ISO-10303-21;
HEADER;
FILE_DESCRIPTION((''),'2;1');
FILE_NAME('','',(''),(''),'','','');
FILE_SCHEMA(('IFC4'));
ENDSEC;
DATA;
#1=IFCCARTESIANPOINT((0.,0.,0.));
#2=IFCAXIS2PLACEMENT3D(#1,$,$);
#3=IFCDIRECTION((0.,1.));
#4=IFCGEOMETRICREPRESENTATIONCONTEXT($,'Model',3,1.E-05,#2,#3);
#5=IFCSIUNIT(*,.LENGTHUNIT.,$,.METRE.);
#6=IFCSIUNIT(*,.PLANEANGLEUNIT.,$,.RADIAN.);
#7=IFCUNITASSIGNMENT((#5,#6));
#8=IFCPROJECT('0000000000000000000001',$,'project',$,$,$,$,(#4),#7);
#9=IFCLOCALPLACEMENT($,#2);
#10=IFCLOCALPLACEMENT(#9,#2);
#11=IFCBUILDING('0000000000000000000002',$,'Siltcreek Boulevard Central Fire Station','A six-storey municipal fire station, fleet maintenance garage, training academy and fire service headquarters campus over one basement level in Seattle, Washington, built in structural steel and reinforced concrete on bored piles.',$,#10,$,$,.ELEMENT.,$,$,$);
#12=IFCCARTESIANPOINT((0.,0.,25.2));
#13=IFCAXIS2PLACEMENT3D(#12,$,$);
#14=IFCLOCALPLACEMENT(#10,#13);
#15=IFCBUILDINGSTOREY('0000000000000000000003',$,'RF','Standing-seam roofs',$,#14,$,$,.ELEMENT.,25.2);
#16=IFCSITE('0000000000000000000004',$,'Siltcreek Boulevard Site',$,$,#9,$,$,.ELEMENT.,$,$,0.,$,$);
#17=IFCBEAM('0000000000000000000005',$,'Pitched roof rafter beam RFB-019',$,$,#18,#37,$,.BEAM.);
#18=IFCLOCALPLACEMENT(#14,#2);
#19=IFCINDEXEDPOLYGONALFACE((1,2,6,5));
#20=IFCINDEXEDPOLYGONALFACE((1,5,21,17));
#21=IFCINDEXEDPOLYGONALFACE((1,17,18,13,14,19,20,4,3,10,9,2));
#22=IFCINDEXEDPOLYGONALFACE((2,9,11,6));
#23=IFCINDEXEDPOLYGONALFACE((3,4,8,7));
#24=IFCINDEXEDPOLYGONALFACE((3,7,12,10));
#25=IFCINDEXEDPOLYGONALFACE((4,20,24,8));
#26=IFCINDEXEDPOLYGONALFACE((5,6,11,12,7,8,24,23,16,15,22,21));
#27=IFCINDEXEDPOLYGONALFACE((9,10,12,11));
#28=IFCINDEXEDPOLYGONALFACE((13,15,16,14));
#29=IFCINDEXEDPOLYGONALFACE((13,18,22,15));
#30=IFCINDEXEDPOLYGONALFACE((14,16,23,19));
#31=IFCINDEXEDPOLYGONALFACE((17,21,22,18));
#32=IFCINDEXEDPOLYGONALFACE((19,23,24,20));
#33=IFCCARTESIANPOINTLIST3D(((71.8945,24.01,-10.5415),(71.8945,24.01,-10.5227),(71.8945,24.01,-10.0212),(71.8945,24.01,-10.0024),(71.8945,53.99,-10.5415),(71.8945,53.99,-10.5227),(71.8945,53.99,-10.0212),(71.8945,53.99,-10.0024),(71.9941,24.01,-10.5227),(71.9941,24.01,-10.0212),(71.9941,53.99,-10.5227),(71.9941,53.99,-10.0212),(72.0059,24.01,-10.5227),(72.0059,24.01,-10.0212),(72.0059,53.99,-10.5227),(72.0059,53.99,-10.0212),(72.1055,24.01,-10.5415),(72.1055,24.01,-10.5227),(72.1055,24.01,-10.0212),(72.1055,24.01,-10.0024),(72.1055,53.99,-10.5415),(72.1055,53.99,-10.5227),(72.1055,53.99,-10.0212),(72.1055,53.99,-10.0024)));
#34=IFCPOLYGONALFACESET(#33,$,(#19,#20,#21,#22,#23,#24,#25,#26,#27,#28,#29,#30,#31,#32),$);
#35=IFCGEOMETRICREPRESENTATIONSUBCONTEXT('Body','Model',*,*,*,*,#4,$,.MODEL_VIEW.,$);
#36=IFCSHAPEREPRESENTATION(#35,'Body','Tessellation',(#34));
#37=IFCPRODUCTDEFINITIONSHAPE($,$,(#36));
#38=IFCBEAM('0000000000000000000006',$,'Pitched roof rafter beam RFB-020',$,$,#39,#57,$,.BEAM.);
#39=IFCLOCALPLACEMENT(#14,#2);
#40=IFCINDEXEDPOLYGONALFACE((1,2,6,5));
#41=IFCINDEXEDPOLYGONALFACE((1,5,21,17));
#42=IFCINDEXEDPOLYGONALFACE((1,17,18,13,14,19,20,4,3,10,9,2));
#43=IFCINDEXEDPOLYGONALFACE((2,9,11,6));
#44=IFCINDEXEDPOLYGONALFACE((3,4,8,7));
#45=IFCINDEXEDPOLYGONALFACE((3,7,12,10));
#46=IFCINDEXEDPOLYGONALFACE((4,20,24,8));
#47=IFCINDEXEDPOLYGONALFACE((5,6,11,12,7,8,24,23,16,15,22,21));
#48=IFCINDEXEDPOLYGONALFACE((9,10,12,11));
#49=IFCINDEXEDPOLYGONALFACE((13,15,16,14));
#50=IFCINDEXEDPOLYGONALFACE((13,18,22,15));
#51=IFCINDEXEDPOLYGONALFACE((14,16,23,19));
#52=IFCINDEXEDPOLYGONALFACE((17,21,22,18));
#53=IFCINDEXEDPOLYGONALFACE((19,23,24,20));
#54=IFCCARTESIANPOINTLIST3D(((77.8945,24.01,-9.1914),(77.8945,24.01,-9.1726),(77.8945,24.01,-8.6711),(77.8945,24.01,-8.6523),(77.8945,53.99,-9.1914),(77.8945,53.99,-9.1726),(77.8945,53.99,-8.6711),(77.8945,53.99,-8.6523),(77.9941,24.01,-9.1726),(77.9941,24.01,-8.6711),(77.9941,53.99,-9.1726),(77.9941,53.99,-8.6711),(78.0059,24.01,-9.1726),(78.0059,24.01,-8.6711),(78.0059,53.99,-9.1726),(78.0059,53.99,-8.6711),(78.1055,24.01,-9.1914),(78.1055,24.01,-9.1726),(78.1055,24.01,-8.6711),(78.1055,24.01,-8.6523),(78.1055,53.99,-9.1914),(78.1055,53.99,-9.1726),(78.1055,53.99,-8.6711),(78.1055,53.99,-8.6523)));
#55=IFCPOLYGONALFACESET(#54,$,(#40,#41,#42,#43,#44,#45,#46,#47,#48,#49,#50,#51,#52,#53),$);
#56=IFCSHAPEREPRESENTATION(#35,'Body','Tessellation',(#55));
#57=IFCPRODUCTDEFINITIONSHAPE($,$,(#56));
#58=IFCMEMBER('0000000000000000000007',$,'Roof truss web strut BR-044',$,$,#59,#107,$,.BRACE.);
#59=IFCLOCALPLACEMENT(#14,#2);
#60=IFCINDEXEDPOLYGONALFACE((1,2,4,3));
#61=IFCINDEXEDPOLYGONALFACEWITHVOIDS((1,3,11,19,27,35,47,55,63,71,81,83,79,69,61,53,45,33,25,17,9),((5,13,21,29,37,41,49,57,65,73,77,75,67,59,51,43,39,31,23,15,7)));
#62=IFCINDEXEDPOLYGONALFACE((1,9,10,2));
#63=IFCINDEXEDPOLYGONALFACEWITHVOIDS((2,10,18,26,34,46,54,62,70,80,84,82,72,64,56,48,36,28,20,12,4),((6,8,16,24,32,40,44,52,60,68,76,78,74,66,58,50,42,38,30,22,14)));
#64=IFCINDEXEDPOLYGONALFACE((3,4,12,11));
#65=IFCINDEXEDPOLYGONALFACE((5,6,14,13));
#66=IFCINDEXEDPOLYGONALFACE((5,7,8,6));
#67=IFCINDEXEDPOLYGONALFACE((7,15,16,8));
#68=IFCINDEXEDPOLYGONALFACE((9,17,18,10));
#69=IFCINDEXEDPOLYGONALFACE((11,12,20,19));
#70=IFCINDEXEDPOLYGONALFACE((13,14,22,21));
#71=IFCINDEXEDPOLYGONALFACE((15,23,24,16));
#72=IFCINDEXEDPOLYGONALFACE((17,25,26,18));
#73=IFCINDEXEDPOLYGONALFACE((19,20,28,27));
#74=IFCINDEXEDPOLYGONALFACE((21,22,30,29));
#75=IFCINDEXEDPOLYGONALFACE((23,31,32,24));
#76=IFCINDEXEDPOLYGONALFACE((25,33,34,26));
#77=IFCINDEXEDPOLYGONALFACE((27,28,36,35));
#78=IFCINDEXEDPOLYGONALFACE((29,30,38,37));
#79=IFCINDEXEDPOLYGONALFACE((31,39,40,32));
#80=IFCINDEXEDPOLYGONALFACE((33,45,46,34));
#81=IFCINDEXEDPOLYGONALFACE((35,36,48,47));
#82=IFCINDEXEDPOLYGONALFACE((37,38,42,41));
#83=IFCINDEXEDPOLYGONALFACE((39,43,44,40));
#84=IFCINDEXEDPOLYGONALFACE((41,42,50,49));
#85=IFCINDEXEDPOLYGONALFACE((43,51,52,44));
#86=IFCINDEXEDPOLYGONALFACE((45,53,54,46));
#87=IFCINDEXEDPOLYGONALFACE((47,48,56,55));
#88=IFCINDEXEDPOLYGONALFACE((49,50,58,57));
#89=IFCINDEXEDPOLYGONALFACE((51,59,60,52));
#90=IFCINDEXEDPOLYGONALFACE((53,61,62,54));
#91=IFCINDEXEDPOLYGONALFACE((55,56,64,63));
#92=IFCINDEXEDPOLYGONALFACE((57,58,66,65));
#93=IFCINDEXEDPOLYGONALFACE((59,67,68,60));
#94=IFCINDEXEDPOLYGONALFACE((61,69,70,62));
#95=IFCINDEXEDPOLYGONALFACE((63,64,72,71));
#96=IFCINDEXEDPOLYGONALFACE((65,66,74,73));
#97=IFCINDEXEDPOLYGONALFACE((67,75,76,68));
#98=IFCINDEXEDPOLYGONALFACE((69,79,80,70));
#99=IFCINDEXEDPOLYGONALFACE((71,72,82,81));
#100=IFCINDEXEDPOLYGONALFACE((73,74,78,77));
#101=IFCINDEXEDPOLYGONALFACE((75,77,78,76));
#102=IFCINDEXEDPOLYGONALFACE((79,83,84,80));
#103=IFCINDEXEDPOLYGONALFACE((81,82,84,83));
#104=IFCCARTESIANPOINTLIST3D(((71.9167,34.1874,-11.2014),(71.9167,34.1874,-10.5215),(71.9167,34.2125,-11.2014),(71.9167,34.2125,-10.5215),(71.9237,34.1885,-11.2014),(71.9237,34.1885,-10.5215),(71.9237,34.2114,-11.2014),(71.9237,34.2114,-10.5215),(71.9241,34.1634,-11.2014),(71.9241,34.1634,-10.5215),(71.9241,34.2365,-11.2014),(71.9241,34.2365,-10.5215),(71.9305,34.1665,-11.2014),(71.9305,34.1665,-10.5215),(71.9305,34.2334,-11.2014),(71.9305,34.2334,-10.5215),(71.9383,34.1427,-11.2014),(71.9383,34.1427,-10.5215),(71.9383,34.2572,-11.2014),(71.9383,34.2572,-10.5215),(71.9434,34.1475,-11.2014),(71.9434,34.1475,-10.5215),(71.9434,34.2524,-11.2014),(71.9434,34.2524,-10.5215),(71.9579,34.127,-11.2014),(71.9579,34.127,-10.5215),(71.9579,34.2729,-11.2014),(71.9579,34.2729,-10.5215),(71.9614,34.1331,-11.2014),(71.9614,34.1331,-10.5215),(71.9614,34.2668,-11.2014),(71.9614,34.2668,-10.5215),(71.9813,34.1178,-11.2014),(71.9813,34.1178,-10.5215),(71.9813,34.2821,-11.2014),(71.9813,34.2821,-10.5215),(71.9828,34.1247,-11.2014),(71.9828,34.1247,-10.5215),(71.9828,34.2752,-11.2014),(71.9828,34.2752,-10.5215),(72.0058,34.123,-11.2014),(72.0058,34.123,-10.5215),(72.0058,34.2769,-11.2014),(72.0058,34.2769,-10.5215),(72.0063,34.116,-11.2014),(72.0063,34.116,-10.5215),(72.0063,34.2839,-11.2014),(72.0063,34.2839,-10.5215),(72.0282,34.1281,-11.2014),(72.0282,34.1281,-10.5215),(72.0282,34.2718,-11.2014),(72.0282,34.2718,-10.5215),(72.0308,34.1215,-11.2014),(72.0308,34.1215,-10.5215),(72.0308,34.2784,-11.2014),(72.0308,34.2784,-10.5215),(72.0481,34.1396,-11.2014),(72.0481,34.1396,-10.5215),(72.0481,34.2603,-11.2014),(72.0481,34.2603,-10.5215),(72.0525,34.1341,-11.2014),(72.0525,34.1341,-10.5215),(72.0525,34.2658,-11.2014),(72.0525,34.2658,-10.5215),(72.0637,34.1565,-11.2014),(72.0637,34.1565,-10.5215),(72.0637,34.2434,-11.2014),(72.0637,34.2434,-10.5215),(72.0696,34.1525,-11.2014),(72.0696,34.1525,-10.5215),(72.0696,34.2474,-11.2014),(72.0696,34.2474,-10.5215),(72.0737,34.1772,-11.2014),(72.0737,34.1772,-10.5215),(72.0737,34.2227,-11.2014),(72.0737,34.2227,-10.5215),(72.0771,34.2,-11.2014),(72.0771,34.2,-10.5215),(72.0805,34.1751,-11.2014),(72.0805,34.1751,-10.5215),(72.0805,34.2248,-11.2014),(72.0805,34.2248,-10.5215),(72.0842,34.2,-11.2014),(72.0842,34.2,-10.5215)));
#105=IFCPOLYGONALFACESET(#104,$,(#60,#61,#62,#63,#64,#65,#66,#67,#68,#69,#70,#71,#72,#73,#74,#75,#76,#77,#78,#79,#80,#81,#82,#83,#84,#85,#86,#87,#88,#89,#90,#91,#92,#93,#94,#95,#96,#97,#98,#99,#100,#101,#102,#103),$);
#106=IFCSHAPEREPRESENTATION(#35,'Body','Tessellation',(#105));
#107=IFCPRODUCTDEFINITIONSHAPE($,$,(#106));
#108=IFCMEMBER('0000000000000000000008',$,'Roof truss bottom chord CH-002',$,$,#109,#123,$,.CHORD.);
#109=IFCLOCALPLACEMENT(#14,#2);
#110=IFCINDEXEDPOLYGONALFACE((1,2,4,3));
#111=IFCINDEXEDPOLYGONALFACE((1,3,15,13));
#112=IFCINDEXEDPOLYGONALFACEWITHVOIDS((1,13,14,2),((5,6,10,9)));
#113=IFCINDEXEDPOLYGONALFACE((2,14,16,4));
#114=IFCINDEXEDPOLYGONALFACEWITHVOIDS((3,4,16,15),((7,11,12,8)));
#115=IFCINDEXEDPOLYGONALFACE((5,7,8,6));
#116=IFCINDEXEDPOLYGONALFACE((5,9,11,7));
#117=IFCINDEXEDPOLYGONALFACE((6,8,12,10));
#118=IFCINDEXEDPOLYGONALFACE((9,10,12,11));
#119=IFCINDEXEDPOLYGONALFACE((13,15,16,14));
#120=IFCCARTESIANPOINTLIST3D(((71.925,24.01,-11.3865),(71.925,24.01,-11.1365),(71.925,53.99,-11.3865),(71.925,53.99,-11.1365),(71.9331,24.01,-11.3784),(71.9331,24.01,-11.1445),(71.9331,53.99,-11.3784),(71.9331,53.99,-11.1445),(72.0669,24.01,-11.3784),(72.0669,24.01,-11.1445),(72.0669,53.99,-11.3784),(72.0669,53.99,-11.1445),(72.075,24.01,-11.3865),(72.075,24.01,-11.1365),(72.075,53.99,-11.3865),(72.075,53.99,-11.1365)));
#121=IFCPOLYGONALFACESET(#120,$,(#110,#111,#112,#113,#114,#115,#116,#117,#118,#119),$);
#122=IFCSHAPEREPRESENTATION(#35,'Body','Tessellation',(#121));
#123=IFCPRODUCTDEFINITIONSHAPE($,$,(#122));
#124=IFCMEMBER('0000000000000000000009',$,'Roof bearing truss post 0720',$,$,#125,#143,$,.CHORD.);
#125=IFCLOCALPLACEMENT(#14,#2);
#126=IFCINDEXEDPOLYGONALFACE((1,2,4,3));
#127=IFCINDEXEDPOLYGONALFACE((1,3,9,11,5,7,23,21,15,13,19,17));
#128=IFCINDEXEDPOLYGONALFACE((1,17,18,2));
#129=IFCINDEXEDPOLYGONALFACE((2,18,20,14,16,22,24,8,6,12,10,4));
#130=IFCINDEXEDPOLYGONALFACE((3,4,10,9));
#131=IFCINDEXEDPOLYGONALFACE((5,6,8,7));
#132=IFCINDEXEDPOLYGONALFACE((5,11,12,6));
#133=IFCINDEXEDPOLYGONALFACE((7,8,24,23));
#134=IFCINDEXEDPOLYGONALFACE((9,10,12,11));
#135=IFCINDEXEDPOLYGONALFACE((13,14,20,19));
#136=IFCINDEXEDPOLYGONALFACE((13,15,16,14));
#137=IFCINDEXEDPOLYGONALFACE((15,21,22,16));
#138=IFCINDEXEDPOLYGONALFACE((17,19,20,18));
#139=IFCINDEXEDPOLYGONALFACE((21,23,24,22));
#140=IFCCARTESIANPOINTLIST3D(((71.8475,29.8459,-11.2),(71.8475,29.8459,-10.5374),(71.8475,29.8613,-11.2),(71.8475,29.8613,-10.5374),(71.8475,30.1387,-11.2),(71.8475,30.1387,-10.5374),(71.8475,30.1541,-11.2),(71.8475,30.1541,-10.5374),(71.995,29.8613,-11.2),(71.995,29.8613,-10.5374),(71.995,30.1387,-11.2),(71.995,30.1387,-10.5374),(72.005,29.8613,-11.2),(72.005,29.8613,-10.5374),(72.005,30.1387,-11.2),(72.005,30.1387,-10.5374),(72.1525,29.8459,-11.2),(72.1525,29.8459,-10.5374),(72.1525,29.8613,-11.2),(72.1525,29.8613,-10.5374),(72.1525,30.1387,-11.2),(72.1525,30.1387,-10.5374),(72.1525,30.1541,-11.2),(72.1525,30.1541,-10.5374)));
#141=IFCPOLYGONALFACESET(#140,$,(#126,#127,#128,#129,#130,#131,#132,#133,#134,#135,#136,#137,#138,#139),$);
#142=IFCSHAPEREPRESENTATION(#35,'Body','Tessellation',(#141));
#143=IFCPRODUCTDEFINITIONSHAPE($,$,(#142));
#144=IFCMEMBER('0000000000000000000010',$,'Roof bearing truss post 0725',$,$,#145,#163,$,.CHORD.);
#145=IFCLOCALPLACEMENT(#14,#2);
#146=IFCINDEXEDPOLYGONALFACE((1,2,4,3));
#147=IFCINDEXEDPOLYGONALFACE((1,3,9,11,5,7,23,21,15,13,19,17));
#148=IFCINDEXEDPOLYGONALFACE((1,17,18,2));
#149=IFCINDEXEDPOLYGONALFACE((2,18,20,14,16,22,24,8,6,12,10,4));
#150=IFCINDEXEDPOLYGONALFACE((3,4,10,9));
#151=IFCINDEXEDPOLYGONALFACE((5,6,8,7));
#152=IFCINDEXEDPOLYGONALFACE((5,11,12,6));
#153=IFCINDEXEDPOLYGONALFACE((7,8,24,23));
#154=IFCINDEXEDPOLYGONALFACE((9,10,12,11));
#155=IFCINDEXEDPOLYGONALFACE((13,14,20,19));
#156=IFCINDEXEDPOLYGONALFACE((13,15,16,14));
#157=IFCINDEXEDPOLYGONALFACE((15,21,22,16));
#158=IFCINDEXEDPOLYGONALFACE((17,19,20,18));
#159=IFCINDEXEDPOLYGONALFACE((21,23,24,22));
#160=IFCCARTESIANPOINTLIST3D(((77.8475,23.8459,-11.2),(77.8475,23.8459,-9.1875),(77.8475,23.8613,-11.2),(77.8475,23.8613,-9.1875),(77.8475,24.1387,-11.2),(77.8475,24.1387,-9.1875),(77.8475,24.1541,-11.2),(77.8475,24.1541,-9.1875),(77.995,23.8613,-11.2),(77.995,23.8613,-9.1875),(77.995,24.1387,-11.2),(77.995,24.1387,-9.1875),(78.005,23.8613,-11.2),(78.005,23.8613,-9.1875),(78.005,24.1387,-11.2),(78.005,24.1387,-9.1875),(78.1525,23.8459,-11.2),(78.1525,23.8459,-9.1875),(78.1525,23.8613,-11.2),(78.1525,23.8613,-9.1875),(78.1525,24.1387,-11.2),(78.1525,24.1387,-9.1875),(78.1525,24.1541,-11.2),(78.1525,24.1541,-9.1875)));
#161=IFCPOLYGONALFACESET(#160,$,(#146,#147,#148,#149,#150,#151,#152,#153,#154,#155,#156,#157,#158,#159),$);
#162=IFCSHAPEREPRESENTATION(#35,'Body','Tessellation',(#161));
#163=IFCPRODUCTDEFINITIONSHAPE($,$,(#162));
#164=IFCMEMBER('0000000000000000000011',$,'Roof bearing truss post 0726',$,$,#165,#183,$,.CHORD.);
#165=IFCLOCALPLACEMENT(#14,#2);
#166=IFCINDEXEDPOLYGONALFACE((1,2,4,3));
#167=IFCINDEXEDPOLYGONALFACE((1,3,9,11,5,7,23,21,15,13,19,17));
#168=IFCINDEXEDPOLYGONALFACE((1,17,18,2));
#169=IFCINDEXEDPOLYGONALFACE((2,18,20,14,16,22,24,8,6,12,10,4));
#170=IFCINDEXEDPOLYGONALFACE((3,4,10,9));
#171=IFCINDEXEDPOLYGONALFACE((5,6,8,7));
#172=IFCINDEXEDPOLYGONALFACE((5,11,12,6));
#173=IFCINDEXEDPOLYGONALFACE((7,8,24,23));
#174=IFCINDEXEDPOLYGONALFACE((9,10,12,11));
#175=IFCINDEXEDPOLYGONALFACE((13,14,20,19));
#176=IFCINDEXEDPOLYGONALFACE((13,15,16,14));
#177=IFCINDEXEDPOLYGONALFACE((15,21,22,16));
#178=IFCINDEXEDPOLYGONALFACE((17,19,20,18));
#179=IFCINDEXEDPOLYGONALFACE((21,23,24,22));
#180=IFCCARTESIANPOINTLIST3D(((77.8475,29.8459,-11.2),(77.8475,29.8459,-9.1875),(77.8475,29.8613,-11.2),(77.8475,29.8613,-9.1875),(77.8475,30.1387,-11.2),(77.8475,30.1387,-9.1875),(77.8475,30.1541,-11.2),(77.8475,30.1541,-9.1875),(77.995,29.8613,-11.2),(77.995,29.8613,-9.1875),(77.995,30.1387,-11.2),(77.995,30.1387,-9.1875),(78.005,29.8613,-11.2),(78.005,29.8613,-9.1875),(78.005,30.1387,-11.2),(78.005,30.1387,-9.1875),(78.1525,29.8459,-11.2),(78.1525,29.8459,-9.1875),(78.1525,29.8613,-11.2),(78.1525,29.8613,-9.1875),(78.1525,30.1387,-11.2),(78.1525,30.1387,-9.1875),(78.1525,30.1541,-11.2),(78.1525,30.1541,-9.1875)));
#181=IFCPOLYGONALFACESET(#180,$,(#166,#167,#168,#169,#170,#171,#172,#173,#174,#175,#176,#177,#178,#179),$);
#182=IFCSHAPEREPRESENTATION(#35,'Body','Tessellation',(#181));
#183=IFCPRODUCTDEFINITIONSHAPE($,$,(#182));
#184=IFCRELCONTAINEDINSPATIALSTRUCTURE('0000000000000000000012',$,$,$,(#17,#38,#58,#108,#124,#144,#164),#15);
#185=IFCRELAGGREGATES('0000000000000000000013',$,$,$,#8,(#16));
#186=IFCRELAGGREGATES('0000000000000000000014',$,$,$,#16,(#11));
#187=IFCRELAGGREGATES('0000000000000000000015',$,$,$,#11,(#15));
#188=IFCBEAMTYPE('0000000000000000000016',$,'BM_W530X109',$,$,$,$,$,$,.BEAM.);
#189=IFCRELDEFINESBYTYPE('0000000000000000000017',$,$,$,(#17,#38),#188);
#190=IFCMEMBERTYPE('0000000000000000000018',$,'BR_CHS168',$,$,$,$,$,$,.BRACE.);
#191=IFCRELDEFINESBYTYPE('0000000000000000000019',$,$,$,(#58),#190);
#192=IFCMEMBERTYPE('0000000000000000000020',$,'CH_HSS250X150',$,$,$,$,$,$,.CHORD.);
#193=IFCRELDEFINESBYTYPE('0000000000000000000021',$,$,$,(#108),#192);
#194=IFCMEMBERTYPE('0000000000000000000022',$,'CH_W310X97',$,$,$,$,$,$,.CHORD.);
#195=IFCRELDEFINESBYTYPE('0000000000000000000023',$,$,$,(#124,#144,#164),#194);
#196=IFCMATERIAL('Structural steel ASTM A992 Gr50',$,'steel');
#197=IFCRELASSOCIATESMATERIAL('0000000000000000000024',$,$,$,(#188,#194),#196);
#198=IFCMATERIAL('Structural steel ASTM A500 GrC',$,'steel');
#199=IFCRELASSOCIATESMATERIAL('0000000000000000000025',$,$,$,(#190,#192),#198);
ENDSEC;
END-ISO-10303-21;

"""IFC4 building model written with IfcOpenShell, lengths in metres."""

from ifc_helpers import new_model, si_unit, direction, frame, origin, origin_2d, place, context, subcontext, project, spatial, hollow_rectangle, hollow_circle, i_section, extrude, material, material_profile, profile_set, type_object, element, save


model = new_model("IFC4")

# Units and contexts
model_context = context("Model", 3, precision=1e-05, world=origin(), true_north=direction((0.0, 1.0)))
body_context = subcontext(model_context, "Body", "Model", "MODEL_VIEW")
ifc_project = project(units=[si_unit("LENGTHUNIT", "METRE"), si_unit("PLANEANGLEUNIT", "RADIAN")], contexts=[model_context])

# Site, building, storey
site_placement = place(None, origin())
site = spatial("IfcSite", under=ifc_project, at=site_placement, Name="Siltcreek Boulevard Site", CompositionType="ELEMENT", RefElevation=0.0)
building_placement = place(site_placement, origin())
building = spatial("IfcBuilding", under=site, at=building_placement, Name="Siltcreek Boulevard Central Fire Station", Description="A six-storey municipal fire station, fleet maintenance garage, training academy and fire service headquarters campus over one basement level in Seattle, Washington, built in structural steel and reinforced concrete on bored piles.", CompositionType="ELEMENT")
storey_placement = place(building_placement, frame((0.0, 0.0, 25.2)))
storey = spatial("IfcBuildingStorey", under=building, at=storey_placement, Name="RF", Description="Standing-seam roofs", CompositionType="ELEMENT", Elevation=25.2)

# Beams
ifc_material_1 = material(Name="Structural steel ASTM A992 Gr50", Category="steel")
ifc_material_profile_1 = material_profile(ifc_material_1, i_section(OverallWidth=0.2109, OverallDepth=0.5391, WebThickness=0.0117, FlangeThickness=0.0188, at=origin_2d()), Name="W530X109")
ifc_profile_set_1 = profile_set([ifc_material_profile_1], Name="Structural steel ASTM A992 Gr50")
beam_type = type_object("IfcBeamType", Name="BM_W530X109", PredefinedType="BEAM", material=ifc_profile_set_1)
for number, where, z_axis, x_axis, name in (
    (1, (72.0, 24.01, -10.272), (0.0, 1.0, 0.0), (-1.0, 0.0, 0.0), "Pitched roof rafter beam RFB-019"),
    (2, (78.0, 24.01, -8.9219), (0.0, 1.0, 0.0), (-1.0, 0.0, 0.0), "Pitched roof rafter beam RFB-020"),
):
    element("IfcBeam", number, at=place(storey_placement, frame(where, z_axis=z_axis, x_axis=x_axis)), inside=storey, type_object=beam_type, Name=name, PredefinedType="BEAM", context=body_context, shape_type="SweptSolid", body=[
        extrude(i_section(OverallWidth=0.2109, OverallDepth=0.5391, WebThickness=0.0117, FlangeThickness=0.0188, at=origin_2d()), origin(), (0.0, 0.0, 1.0), 29.98),
    ])

# Members
ifc_material_2 = material(Name="Structural steel ASTM A500 GrC", Category="steel")
ifc_material_profile_2 = material_profile(ifc_material_2, hollow_circle(Radius=0.0842, WallThickness=0.0071, at=origin_2d()), Name="HSS168.3X7.1")
ifc_profile_set_2 = profile_set([ifc_material_profile_2], Name="Structural steel ASTM A500 GrC")
member_type_1 = type_object("IfcMemberType", Name="BR_CHS168", PredefinedType="BRACE", material=ifc_profile_set_2)
member_1_placement = place(storey_placement, frame((72.0, 34.2, -11.2014), z_axis=(0.0, 0.0, 1.0), x_axis=(1.0, 0.0, 0.0)))
element("IfcMember", 3, at=member_1_placement, inside=storey, type_object=member_type_1, Name="Roof truss web strut BR-044", PredefinedType="BRACE", context=body_context, shape_type="SweptSolid", body=[
    extrude(hollow_circle(Radius=0.0842, WallThickness=0.0071, at=origin_2d()), origin(), (0.0, 0.0, 1.0), 0.6799),
])
ifc_material_profile_3 = material_profile(ifc_material_2, hollow_rectangle(XDim=0.1499, YDim=0.25, WallThickness=0.0081, at=origin_2d()), Name="HSS250X150X8.0")
ifc_profile_set_3 = profile_set([ifc_material_profile_3], Name="Structural steel ASTM A500 GrC")
member_type_2 = type_object("IfcMemberType", Name="CH_HSS250X150", PredefinedType="CHORD", material=ifc_profile_set_3)
member_2_placement = place(storey_placement, frame((72.0, 24.01, -11.2615), z_axis=(0.0, 1.0, 0.0), x_axis=(-1.0, 0.0, 0.0)))
element("IfcMember", 4, at=member_2_placement, inside=storey, type_object=member_type_2, Name="Roof truss bottom chord CH-002", PredefinedType="CHORD", context=body_context, shape_type="SweptSolid", body=[
    extrude(hollow_rectangle(XDim=0.1499, YDim=0.25, WallThickness=0.0081, at=origin_2d()), origin(), (0.0, 0.0, 1.0), 29.98),
])
ifc_material_profile_4 = material_profile(ifc_material_1, i_section(OverallWidth=0.3049, OverallDepth=0.3081, WebThickness=0.01, FlangeThickness=0.0154, at=origin_2d()), Name="W310X97")
ifc_profile_set_4 = profile_set([ifc_material_profile_4], Name="Structural steel ASTM A992 Gr50")
member_type_3 = type_object("IfcMemberType", Name="CH_W310X97", PredefinedType="CHORD", material=ifc_profile_set_4)
member_3_placement = place(storey_placement, frame((72.0, 30.0, -11.2), z_axis=(0.0, 0.0, 1.0), x_axis=(1.0, 0.0, 0.0)))
element("IfcMember", 5, at=member_3_placement, inside=storey, type_object=member_type_3, Name="Roof bearing truss post 0720", PredefinedType="CHORD", context=body_context, shape_type="SweptSolid", body=[
    extrude(i_section(OverallWidth=0.3049, OverallDepth=0.3081, WebThickness=0.01, FlangeThickness=0.0154, at=origin_2d()), origin(), (0.0, 0.0, 1.0), 0.6626),
])
for number, where, z_axis, x_axis, name in (
    (6, (78.0, 24.0, -11.2), (0.0, 0.0, 1.0), (1.0, 0.0, 0.0), "Roof bearing truss post 0725"),
    (7, (78.0, 30.0, -11.2), (0.0, 0.0, 1.0), (1.0, 0.0, 0.0), "Roof bearing truss post 0726"),
):
    element("IfcMember", number, at=place(storey_placement, frame(where, z_axis=z_axis, x_axis=x_axis)), inside=storey, type_object=member_type_3, Name=name, PredefinedType="CHORD", context=body_context, shape_type="SweptSolid", body=[
        extrude(i_section(OverallWidth=0.3049, OverallDepth=0.3081, WebThickness=0.01, FlangeThickness=0.0154, at=origin_2d()), origin(), (0.0, 0.0, 1.0), 2.0125),
    ])

save(model, "model.ifc")
